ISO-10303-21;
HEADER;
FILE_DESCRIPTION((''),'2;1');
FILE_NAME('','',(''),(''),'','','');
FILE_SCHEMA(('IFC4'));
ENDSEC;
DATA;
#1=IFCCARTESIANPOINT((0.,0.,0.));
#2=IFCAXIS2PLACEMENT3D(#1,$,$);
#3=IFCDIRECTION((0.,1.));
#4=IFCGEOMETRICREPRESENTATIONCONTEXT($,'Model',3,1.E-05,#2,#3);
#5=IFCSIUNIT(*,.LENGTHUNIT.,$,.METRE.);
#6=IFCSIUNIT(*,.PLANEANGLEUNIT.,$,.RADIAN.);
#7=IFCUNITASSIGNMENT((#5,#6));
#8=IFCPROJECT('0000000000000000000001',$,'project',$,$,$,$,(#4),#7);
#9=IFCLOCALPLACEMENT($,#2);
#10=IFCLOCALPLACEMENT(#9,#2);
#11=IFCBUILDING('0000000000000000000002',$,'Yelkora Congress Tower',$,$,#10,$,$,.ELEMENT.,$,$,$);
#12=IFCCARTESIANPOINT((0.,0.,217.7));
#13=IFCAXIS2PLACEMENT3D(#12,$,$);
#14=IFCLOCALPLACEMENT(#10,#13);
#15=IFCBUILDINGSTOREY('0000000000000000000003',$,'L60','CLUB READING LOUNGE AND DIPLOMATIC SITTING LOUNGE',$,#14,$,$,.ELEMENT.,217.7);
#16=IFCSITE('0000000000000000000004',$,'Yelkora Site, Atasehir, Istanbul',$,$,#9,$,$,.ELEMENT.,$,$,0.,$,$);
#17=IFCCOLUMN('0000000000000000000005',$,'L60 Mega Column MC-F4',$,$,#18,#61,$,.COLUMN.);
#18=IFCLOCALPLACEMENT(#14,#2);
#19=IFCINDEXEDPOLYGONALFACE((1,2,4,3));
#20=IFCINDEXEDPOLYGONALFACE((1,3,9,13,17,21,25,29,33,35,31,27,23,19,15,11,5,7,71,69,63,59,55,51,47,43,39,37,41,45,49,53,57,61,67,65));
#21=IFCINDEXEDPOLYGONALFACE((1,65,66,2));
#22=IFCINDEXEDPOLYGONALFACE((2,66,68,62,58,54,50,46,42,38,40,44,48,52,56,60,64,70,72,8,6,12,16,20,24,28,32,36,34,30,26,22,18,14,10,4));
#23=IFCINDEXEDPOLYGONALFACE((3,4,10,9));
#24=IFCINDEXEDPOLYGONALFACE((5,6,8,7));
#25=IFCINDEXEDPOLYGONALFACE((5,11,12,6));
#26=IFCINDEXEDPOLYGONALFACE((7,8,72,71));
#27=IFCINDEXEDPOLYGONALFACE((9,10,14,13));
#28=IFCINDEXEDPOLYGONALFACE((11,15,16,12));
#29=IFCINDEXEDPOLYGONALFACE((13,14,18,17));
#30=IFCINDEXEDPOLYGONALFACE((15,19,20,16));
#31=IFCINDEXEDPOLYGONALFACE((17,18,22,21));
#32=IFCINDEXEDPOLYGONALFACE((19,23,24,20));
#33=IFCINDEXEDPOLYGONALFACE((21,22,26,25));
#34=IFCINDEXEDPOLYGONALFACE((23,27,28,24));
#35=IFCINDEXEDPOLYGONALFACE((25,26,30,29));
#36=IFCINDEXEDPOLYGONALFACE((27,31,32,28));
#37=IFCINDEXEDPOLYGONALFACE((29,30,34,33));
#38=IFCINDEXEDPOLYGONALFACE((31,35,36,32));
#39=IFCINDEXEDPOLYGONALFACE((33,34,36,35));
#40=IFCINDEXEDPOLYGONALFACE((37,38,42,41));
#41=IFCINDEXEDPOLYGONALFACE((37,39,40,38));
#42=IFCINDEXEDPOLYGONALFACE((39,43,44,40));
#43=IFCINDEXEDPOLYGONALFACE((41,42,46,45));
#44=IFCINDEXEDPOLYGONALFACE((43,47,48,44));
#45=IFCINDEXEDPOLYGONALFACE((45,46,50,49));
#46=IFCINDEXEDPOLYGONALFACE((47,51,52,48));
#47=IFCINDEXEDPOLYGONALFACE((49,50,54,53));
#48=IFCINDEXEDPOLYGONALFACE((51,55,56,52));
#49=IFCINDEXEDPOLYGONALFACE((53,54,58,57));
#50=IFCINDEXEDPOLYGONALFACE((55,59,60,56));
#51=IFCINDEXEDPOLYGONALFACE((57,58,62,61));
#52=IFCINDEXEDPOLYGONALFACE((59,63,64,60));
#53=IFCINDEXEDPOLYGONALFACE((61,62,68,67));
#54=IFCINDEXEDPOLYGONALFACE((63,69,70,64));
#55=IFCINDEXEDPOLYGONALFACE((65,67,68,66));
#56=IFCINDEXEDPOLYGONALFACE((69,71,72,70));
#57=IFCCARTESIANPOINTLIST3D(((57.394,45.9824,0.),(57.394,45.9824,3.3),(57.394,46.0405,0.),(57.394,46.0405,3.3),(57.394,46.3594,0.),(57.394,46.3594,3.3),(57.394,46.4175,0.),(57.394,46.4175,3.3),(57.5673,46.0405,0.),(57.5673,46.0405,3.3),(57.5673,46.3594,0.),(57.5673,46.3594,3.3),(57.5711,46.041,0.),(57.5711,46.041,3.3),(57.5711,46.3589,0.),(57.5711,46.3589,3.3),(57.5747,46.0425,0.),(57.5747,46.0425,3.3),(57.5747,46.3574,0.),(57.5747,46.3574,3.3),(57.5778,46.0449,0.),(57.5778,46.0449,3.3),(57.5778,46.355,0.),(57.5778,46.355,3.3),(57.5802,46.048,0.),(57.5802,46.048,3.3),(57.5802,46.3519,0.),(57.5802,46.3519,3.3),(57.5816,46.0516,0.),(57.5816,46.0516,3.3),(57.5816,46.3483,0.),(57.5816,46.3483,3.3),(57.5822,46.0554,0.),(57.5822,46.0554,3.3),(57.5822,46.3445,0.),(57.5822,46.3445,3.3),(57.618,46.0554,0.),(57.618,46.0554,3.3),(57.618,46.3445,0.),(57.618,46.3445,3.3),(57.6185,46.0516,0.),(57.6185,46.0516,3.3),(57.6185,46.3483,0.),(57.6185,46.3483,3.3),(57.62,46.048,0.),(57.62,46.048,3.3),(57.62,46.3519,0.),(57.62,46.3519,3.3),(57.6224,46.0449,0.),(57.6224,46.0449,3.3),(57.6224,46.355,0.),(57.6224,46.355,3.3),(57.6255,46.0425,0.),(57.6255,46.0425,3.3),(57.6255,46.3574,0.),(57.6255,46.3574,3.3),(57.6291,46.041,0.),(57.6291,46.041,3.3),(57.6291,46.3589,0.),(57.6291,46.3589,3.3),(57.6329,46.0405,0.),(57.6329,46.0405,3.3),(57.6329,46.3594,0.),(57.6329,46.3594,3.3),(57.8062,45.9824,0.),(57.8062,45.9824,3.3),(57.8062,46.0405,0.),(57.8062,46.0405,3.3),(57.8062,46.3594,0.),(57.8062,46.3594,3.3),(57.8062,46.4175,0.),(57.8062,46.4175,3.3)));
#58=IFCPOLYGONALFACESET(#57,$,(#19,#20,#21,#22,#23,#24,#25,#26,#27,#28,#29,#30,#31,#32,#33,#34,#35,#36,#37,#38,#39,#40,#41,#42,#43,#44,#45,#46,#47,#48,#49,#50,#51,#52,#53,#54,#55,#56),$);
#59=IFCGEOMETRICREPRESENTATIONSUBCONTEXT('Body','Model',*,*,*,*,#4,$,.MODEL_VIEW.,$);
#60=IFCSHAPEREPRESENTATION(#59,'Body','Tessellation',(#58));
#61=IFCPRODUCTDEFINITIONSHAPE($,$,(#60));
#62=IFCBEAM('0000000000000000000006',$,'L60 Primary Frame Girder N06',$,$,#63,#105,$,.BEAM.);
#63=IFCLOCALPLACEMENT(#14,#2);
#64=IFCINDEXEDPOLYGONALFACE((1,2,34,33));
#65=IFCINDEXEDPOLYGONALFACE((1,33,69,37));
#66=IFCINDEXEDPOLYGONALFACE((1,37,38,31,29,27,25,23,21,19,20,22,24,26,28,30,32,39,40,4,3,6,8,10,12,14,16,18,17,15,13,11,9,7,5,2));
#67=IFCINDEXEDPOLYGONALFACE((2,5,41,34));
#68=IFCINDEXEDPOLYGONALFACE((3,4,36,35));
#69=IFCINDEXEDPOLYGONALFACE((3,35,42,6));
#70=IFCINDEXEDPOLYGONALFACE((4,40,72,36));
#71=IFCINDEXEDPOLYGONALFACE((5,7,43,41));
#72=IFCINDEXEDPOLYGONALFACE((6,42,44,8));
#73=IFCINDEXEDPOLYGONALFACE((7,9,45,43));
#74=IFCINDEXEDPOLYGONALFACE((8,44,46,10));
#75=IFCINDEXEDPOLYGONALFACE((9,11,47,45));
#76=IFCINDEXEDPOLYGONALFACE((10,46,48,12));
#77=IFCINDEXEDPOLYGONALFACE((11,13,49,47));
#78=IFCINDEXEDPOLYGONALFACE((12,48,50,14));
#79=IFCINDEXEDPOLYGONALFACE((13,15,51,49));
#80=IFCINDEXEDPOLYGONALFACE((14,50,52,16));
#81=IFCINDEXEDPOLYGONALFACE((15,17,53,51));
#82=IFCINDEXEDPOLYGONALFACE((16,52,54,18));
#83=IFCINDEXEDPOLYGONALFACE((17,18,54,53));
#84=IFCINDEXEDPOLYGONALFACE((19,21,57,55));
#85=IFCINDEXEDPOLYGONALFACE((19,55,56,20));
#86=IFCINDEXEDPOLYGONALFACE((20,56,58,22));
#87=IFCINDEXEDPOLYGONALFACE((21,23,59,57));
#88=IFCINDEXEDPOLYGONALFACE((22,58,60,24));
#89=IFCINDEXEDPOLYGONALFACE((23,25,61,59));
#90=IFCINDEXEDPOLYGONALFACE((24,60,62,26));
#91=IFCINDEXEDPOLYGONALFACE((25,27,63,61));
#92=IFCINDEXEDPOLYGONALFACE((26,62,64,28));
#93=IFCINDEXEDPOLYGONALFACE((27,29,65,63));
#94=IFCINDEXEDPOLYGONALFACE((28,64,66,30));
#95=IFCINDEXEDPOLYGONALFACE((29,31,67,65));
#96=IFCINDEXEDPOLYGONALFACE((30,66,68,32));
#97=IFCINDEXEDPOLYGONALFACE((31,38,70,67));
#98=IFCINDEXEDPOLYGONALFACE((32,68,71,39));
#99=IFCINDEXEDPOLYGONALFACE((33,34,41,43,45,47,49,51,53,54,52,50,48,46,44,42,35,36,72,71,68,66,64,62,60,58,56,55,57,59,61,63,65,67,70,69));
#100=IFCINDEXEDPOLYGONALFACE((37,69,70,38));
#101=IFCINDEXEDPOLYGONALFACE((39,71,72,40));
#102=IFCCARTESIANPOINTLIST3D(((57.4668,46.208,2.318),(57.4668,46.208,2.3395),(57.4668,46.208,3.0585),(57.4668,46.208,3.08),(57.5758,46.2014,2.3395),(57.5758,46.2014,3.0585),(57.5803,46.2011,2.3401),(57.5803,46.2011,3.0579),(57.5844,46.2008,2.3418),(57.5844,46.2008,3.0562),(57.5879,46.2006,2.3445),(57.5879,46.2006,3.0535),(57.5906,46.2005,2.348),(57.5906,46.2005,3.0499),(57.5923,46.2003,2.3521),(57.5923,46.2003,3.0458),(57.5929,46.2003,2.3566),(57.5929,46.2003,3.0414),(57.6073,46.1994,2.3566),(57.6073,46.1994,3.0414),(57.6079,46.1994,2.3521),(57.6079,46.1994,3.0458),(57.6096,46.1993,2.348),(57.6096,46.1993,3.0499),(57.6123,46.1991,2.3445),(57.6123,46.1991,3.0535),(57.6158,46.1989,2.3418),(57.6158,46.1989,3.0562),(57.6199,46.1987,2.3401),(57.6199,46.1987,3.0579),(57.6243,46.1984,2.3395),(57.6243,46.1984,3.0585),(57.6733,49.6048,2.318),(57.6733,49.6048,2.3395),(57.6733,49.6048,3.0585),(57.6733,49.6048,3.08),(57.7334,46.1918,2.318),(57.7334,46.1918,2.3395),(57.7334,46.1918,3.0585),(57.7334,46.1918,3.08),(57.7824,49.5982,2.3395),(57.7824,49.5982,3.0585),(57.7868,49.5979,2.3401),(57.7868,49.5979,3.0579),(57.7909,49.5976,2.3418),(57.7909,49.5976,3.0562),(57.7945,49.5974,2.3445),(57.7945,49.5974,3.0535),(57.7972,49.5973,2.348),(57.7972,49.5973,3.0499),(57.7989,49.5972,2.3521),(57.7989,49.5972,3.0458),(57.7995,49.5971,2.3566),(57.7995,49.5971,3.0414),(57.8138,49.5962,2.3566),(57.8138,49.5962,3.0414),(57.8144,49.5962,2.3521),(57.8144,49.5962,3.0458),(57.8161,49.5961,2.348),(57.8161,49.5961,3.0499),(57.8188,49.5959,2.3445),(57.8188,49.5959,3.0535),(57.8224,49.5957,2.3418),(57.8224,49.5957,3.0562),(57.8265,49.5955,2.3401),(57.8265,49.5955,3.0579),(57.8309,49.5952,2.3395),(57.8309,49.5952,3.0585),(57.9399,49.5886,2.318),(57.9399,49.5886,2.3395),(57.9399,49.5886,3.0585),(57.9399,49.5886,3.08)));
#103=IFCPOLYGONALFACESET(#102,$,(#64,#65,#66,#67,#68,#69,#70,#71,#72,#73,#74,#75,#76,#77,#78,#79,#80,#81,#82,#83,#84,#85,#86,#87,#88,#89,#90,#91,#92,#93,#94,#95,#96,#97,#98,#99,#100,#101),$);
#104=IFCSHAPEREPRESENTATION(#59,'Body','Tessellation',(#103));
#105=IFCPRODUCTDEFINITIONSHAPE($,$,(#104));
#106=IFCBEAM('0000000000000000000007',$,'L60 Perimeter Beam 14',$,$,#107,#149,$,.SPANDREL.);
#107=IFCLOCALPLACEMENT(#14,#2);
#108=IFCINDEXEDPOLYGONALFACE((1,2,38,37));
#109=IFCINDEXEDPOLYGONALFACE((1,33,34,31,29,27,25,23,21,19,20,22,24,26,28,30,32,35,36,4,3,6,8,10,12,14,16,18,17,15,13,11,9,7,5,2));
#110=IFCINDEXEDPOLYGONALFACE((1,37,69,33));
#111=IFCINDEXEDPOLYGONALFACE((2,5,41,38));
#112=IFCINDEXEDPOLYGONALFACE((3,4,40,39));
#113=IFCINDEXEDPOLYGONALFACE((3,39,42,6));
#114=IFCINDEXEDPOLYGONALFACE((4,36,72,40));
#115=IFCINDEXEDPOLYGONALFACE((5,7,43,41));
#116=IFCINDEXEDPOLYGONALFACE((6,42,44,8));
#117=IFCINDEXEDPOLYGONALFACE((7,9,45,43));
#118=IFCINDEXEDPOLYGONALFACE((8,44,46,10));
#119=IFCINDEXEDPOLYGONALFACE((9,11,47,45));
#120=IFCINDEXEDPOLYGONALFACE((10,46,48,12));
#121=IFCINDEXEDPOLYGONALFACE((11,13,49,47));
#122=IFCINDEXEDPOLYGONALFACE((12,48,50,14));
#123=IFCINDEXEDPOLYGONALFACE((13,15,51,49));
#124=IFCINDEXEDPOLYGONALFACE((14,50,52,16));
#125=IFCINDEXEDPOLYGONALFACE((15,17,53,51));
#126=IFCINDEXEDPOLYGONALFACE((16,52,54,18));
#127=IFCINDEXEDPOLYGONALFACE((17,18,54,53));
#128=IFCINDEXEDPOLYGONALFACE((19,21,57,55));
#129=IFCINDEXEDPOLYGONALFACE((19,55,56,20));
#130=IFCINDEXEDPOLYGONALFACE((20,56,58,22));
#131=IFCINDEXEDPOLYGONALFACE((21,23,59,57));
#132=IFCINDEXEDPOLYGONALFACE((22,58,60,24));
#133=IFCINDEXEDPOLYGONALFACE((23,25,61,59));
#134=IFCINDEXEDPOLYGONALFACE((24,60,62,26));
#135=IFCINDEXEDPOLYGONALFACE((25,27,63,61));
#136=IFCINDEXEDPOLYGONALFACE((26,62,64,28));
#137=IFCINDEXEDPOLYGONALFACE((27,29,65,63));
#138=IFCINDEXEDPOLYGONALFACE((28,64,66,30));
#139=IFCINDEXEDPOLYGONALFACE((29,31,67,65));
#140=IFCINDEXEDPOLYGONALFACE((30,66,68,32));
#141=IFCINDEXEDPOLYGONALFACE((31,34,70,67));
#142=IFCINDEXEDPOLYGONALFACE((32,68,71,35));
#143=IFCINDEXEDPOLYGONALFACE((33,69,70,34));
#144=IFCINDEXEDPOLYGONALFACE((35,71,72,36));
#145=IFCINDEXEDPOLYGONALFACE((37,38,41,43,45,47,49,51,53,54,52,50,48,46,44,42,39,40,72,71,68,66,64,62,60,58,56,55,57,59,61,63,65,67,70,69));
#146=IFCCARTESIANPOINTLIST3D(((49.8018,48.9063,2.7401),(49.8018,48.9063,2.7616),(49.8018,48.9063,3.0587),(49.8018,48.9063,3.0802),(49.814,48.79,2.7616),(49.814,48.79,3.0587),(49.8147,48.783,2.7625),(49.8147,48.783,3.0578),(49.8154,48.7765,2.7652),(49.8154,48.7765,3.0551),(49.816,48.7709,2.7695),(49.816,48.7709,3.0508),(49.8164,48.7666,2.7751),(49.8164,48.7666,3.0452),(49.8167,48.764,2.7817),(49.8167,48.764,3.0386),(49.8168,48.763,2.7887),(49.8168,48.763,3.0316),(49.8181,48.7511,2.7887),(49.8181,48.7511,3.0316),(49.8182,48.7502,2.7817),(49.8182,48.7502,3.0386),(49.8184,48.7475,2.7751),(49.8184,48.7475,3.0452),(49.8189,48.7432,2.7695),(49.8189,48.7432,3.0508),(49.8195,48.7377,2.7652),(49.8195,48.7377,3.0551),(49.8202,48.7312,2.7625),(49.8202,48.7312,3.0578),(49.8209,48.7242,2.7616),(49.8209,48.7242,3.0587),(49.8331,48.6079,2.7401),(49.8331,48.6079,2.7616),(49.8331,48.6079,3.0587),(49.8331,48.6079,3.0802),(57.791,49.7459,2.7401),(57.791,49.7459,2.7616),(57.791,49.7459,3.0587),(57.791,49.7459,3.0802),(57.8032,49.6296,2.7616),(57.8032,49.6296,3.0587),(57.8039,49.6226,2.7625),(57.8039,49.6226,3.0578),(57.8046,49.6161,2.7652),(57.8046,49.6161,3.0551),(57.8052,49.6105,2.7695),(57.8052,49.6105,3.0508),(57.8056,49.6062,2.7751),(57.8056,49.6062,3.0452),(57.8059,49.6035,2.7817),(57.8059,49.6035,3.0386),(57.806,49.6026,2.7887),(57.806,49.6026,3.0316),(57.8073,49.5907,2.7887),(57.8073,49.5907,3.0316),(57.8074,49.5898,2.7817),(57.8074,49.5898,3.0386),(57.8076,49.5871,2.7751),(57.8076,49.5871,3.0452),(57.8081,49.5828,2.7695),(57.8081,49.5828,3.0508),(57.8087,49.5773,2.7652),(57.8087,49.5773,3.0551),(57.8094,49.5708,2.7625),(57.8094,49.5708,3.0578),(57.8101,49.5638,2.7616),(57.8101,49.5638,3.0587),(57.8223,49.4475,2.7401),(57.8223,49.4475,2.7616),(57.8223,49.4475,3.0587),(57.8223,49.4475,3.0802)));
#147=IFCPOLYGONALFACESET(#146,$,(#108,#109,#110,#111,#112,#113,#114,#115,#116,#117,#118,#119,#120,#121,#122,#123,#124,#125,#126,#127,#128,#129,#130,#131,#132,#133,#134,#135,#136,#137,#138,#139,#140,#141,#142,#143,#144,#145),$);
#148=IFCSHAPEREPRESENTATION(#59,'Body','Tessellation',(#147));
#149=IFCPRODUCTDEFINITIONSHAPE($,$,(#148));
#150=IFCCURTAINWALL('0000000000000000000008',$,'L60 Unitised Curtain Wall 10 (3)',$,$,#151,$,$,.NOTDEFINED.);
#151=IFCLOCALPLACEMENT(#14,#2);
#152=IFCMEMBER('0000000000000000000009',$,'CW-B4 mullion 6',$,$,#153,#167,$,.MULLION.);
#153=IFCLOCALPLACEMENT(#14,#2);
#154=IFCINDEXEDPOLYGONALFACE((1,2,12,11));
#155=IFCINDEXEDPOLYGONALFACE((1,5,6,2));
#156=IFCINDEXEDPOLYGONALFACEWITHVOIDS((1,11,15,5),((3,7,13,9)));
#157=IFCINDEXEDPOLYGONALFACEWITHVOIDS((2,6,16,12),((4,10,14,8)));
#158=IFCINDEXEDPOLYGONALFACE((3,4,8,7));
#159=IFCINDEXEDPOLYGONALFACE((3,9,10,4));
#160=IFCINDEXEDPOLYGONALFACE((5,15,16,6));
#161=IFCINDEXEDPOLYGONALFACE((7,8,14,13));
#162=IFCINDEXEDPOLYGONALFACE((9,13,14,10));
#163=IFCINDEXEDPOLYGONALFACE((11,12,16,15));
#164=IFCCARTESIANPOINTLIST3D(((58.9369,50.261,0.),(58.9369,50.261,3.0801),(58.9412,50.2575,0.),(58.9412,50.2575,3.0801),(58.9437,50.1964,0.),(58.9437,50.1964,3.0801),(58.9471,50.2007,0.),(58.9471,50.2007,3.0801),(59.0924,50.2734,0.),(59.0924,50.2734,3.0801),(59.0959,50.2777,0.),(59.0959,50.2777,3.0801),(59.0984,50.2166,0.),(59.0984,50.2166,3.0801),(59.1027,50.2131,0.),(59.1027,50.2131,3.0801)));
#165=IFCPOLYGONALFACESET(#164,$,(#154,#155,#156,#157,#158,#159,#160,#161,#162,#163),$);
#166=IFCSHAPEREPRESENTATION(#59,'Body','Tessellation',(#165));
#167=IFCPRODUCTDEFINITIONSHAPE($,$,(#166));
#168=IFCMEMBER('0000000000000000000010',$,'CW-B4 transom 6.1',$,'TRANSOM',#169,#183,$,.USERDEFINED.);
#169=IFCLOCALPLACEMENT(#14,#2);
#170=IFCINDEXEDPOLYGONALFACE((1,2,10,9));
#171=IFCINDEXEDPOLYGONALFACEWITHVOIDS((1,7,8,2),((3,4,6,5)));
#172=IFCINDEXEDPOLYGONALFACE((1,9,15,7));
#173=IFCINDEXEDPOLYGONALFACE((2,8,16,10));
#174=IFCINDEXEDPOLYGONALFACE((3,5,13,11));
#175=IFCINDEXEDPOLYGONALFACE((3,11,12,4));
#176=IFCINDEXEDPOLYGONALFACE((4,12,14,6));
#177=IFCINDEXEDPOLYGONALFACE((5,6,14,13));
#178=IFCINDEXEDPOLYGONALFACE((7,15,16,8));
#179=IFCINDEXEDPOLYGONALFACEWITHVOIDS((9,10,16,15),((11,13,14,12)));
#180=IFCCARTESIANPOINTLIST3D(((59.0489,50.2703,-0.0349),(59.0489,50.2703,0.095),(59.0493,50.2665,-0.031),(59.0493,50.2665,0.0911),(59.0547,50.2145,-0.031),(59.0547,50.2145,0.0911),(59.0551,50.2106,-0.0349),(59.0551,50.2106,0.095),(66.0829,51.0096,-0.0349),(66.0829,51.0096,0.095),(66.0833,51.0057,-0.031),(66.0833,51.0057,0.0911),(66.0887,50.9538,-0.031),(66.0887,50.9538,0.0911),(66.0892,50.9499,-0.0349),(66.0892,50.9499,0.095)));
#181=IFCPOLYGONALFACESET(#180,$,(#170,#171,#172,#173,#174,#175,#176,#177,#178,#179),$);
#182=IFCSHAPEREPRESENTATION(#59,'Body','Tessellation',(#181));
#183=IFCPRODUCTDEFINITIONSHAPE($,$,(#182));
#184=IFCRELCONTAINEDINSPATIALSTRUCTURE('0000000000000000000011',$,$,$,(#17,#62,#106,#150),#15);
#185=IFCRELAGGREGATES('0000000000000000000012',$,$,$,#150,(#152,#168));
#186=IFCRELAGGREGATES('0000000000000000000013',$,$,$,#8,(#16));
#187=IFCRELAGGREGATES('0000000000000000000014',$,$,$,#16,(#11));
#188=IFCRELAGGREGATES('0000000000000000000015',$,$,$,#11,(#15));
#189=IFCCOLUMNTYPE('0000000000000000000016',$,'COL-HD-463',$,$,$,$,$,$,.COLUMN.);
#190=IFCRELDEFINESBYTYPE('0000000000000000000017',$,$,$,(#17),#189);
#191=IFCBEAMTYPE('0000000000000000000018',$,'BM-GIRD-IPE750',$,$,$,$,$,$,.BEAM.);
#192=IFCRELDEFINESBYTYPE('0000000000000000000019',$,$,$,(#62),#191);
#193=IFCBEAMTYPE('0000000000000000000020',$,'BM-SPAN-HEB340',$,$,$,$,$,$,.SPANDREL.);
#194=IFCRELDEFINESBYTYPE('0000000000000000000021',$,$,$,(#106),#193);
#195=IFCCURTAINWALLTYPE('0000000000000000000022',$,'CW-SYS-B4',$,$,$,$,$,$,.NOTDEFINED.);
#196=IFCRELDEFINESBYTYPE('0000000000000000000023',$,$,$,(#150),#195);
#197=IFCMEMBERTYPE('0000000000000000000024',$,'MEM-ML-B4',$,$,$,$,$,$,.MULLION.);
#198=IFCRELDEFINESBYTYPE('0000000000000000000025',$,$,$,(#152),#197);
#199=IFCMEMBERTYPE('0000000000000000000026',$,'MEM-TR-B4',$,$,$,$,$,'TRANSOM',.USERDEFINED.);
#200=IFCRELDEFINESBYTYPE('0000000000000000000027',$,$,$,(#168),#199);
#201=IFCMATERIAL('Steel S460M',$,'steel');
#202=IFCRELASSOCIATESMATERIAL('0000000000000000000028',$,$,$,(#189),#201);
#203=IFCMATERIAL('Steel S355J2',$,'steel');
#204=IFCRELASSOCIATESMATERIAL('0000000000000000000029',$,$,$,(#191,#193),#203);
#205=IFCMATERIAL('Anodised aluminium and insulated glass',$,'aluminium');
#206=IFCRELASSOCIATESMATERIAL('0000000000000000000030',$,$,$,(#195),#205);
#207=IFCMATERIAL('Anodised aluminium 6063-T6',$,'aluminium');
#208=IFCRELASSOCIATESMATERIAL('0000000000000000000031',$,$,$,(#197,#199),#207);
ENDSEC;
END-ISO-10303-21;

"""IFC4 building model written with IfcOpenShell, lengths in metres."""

from ifc_helpers import new_model, si_unit, direction, frame, origin, origin_2d, place, context, subcontext, project, spatial, hollow_rectangle, i_section, extrude, material, material_profile, profile_set, type_object, element, aggregate, save


model = new_model("IFC4")

# Units and contexts
model_context = context("Model", 3, precision=1e-05, world=origin(), true_north=direction((0.0, 1.0)))
body_context = subcontext(model_context, "Body", "Model", "MODEL_VIEW")
ifc_project = project(units=[si_unit("LENGTHUNIT", "METRE"), si_unit("PLANEANGLEUNIT", "RADIAN")], contexts=[model_context])

# Site, building, storey
site_placement = place(None, origin())
site = spatial("IfcSite", under=ifc_project, at=site_placement, Name="Yelkora Site, Atasehir, Istanbul", CompositionType="ELEMENT", RefElevation=0.0)
building_placement = place(site_placement, origin())
building = spatial("IfcBuilding", under=site, at=building_placement, Name="Yelkora Congress Tower", CompositionType="ELEMENT")
storey_placement = place(building_placement, frame((0.0, 0.0, 217.7)))
storey = spatial("IfcBuildingStorey", under=building, at=storey_placement, Name="L60", Description="CLUB READING LOUNGE AND DIPLOMATIC SITTING LOUNGE", CompositionType="ELEMENT", Elevation=217.7)

# Column
ifc_material_1 = material(Name="Steel S355J2", Category="steel")
ifc_material_2 = material(Name="Steel S460M", Category="steel")
ifc_material_profile_1 = material_profile(ifc_material_2, i_section(OverallWidth=0.4121, OverallDepth=0.4351, WebThickness=0.0359, FlangeThickness=0.0581, FilletRadius=0.0149, at=origin_2d()), Name="HD 400x463")
ifc_profile_set_1 = profile_set([ifc_material_profile_1], Name="Steel S460M")
column_type_1 = type_object("IfcColumnType", Name="COL-HD-463", PredefinedType="COLUMN", material=ifc_profile_set_1)
for number, where, z_axis, x_axis, name in (
    (1, (57.6001, 46.2, 0.0), (0.0, 0.0, 1.0), (1.0, 0.0, 0.0), "L60 Mega Column MC-F4"),
):
    element("IfcColumn", number, at=place(storey_placement, frame(where, z_axis=z_axis, x_axis=x_axis)), inside=storey, type_object=column_type_1, Name=name, PredefinedType="COLUMN", context=body_context, shape_type="SweptSolid", body=[
        extrude(i_section(OverallWidth=0.4121, OverallDepth=0.4351, WebThickness=0.0359, FlangeThickness=0.0581, FilletRadius=0.0149, at=origin_2d()), origin(), (0.0, 0.0, 1.0), 3.3),
    ])

# Beams
ifc_material_profile_2 = material_profile(ifc_material_1, i_section(OverallWidth=0.2671, OverallDepth=0.762, WebThickness=0.0144, FlangeThickness=0.0215, FilletRadius=0.0171, at=origin_2d()), Name="IPE 750x173")
ifc_profile_set_2 = profile_set([ifc_material_profile_2], Name="Steel S355J2")
beam_type_1 = type_object("IfcBeamType", Name="BM-GIRD-IPE750", PredefinedType="BEAM", material=ifc_profile_set_2)
beam_1_placement = place(storey_placement, frame((57.8066, 49.5967, 2.699), z_axis=(-0.060694, -0.998156, 0.0), x_axis=(0.998156, -0.060694, 0.0)))
element("IfcBeam", 2, at=beam_1_placement, inside=storey, type_object=beam_type_1, Name="L60 Primary Frame Girder N06", PredefinedType="BEAM", context=body_context, shape_type="SweptSolid", body=[
    extrude(i_section(OverallWidth=0.2671, OverallDepth=0.762, WebThickness=0.0144, FlangeThickness=0.0215, FilletRadius=0.0171, at=origin_2d()), origin(), (0.0, 0.0, 1.0), 3.4031),
])
ifc_material_profile_3 = material_profile(ifc_material_1, i_section(OverallWidth=0.3, OverallDepth=0.3401, WebThickness=0.012, FlangeThickness=0.0215, FilletRadius=0.0271, at=origin_2d()), Name="HEB 340")
ifc_profile_set_3 = profile_set([ifc_material_profile_3], Name="Steel S355J2")
beam_type_2 = type_object("IfcBeamType", Name="BM-SPAN-HEB340", PredefinedType="SPANDREL", material=ifc_profile_set_3)
beam_2_placement = place(storey_placement, frame((57.8066, 49.5967, 2.9102), z_axis=(-0.994523, -0.104516, 0.0), x_axis=(0.104516, -0.994523, 0.0)))
element("IfcBeam", 3, at=beam_2_placement, inside=storey, type_object=beam_type_2, Name="L60 Perimeter Beam 14", PredefinedType="SPANDREL", context=body_context, shape_type="SweptSolid", body=[
    extrude(i_section(OverallWidth=0.3, OverallDepth=0.3401, WebThickness=0.012, FlangeThickness=0.0215, FilletRadius=0.0271, at=origin_2d()), origin(), (0.0, 0.0, 1.0), 8.0332),
])

# Curtain wall, members
ifc_material_3 = material(Name="Anodised aluminium and insulated glass", Category="aluminium")
curtain_wall_type = type_object("IfcCurtainWallType", Name="CW-SYS-B4", PredefinedType="NOTDEFINED", material=ifc_material_3)
curtain_wall_placement = place(storey_placement, origin())
curtain_wall = element("IfcCurtainWall", 4, at=curtain_wall_placement, inside=storey, type_object=curtain_wall_type, Name="L60 Unitised Curtain Wall 10 (3)", PredefinedType="NOTDEFINED")
ifc_material_4 = material(Name="Anodised aluminium 6063-T6", Category="aluminium")
ifc_material_profile_4 = material_profile(ifc_material_4, hollow_rectangle(XDim=0.0649, YDim=0.1599, WallThickness=0.0039, at=origin_2d()), Name="ALU 65x160x4")
ifc_profile_set_4 = profile_set([ifc_material_profile_4], Name="Anodised aluminium 6063-T6")
member_type_1 = type_object("IfcMemberType", Name="MEM-ML-B4", PredefinedType="MULLION", material=ifc_profile_set_4)
member_1_placement = place(storey_placement, frame((59.0198, 50.2371, 0.0), z_axis=(0.0, 0.0, 1.0), x_axis=(-0.104528, 0.994522, 0.0)))
member_1 = element("IfcMember", 5, at=member_1_placement, type_object=member_type_1, Name="CW-B4 mullion 6", PredefinedType="MULLION", context=body_context, shape_type="SweptSolid", body=[
    extrude(hollow_rectangle(XDim=0.0649, YDim=0.1599, WallThickness=0.0039, at=origin_2d()), origin(), (0.0, 0.0, 1.0), 3.0801),
])
ifc_material_profile_5 = material_profile(ifc_material_4, hollow_rectangle(XDim=0.0601, YDim=0.1299, WallThickness=0.0039, at=origin_2d()), Name="ALU 60x130x4")
ifc_profile_set_5 = profile_set([ifc_material_profile_5], Name="Anodised aluminium 6063-T6")
member_type_2 = type_object("IfcMemberType", Name="MEM-TR-B4", ElementType="TRANSOM", PredefinedType="USERDEFINED", material=ifc_profile_set_5)
member_2_placement = place(storey_placement, frame((59.052, 50.2405, 0.03), z_axis=(0.994522, 0.104523, 0.0), x_axis=(-0.104523, 0.994522, 0.0)))
member_2 = element("IfcMember", 6, at=member_2_placement, type_object=member_type_2, Name="CW-B4 transom 6.1", ObjectType="TRANSOM", PredefinedType="USERDEFINED", context=body_context, shape_type="SweptSolid", body=[
    extrude(hollow_rectangle(XDim=0.0601, YDim=0.1299, WallThickness=0.0039, at=origin_2d()), origin(), (0.0, 0.0, 1.0), 7.0728),
])
aggregate(curtain_wall, [member_1, member_2])

save(model, "model.ifc")
